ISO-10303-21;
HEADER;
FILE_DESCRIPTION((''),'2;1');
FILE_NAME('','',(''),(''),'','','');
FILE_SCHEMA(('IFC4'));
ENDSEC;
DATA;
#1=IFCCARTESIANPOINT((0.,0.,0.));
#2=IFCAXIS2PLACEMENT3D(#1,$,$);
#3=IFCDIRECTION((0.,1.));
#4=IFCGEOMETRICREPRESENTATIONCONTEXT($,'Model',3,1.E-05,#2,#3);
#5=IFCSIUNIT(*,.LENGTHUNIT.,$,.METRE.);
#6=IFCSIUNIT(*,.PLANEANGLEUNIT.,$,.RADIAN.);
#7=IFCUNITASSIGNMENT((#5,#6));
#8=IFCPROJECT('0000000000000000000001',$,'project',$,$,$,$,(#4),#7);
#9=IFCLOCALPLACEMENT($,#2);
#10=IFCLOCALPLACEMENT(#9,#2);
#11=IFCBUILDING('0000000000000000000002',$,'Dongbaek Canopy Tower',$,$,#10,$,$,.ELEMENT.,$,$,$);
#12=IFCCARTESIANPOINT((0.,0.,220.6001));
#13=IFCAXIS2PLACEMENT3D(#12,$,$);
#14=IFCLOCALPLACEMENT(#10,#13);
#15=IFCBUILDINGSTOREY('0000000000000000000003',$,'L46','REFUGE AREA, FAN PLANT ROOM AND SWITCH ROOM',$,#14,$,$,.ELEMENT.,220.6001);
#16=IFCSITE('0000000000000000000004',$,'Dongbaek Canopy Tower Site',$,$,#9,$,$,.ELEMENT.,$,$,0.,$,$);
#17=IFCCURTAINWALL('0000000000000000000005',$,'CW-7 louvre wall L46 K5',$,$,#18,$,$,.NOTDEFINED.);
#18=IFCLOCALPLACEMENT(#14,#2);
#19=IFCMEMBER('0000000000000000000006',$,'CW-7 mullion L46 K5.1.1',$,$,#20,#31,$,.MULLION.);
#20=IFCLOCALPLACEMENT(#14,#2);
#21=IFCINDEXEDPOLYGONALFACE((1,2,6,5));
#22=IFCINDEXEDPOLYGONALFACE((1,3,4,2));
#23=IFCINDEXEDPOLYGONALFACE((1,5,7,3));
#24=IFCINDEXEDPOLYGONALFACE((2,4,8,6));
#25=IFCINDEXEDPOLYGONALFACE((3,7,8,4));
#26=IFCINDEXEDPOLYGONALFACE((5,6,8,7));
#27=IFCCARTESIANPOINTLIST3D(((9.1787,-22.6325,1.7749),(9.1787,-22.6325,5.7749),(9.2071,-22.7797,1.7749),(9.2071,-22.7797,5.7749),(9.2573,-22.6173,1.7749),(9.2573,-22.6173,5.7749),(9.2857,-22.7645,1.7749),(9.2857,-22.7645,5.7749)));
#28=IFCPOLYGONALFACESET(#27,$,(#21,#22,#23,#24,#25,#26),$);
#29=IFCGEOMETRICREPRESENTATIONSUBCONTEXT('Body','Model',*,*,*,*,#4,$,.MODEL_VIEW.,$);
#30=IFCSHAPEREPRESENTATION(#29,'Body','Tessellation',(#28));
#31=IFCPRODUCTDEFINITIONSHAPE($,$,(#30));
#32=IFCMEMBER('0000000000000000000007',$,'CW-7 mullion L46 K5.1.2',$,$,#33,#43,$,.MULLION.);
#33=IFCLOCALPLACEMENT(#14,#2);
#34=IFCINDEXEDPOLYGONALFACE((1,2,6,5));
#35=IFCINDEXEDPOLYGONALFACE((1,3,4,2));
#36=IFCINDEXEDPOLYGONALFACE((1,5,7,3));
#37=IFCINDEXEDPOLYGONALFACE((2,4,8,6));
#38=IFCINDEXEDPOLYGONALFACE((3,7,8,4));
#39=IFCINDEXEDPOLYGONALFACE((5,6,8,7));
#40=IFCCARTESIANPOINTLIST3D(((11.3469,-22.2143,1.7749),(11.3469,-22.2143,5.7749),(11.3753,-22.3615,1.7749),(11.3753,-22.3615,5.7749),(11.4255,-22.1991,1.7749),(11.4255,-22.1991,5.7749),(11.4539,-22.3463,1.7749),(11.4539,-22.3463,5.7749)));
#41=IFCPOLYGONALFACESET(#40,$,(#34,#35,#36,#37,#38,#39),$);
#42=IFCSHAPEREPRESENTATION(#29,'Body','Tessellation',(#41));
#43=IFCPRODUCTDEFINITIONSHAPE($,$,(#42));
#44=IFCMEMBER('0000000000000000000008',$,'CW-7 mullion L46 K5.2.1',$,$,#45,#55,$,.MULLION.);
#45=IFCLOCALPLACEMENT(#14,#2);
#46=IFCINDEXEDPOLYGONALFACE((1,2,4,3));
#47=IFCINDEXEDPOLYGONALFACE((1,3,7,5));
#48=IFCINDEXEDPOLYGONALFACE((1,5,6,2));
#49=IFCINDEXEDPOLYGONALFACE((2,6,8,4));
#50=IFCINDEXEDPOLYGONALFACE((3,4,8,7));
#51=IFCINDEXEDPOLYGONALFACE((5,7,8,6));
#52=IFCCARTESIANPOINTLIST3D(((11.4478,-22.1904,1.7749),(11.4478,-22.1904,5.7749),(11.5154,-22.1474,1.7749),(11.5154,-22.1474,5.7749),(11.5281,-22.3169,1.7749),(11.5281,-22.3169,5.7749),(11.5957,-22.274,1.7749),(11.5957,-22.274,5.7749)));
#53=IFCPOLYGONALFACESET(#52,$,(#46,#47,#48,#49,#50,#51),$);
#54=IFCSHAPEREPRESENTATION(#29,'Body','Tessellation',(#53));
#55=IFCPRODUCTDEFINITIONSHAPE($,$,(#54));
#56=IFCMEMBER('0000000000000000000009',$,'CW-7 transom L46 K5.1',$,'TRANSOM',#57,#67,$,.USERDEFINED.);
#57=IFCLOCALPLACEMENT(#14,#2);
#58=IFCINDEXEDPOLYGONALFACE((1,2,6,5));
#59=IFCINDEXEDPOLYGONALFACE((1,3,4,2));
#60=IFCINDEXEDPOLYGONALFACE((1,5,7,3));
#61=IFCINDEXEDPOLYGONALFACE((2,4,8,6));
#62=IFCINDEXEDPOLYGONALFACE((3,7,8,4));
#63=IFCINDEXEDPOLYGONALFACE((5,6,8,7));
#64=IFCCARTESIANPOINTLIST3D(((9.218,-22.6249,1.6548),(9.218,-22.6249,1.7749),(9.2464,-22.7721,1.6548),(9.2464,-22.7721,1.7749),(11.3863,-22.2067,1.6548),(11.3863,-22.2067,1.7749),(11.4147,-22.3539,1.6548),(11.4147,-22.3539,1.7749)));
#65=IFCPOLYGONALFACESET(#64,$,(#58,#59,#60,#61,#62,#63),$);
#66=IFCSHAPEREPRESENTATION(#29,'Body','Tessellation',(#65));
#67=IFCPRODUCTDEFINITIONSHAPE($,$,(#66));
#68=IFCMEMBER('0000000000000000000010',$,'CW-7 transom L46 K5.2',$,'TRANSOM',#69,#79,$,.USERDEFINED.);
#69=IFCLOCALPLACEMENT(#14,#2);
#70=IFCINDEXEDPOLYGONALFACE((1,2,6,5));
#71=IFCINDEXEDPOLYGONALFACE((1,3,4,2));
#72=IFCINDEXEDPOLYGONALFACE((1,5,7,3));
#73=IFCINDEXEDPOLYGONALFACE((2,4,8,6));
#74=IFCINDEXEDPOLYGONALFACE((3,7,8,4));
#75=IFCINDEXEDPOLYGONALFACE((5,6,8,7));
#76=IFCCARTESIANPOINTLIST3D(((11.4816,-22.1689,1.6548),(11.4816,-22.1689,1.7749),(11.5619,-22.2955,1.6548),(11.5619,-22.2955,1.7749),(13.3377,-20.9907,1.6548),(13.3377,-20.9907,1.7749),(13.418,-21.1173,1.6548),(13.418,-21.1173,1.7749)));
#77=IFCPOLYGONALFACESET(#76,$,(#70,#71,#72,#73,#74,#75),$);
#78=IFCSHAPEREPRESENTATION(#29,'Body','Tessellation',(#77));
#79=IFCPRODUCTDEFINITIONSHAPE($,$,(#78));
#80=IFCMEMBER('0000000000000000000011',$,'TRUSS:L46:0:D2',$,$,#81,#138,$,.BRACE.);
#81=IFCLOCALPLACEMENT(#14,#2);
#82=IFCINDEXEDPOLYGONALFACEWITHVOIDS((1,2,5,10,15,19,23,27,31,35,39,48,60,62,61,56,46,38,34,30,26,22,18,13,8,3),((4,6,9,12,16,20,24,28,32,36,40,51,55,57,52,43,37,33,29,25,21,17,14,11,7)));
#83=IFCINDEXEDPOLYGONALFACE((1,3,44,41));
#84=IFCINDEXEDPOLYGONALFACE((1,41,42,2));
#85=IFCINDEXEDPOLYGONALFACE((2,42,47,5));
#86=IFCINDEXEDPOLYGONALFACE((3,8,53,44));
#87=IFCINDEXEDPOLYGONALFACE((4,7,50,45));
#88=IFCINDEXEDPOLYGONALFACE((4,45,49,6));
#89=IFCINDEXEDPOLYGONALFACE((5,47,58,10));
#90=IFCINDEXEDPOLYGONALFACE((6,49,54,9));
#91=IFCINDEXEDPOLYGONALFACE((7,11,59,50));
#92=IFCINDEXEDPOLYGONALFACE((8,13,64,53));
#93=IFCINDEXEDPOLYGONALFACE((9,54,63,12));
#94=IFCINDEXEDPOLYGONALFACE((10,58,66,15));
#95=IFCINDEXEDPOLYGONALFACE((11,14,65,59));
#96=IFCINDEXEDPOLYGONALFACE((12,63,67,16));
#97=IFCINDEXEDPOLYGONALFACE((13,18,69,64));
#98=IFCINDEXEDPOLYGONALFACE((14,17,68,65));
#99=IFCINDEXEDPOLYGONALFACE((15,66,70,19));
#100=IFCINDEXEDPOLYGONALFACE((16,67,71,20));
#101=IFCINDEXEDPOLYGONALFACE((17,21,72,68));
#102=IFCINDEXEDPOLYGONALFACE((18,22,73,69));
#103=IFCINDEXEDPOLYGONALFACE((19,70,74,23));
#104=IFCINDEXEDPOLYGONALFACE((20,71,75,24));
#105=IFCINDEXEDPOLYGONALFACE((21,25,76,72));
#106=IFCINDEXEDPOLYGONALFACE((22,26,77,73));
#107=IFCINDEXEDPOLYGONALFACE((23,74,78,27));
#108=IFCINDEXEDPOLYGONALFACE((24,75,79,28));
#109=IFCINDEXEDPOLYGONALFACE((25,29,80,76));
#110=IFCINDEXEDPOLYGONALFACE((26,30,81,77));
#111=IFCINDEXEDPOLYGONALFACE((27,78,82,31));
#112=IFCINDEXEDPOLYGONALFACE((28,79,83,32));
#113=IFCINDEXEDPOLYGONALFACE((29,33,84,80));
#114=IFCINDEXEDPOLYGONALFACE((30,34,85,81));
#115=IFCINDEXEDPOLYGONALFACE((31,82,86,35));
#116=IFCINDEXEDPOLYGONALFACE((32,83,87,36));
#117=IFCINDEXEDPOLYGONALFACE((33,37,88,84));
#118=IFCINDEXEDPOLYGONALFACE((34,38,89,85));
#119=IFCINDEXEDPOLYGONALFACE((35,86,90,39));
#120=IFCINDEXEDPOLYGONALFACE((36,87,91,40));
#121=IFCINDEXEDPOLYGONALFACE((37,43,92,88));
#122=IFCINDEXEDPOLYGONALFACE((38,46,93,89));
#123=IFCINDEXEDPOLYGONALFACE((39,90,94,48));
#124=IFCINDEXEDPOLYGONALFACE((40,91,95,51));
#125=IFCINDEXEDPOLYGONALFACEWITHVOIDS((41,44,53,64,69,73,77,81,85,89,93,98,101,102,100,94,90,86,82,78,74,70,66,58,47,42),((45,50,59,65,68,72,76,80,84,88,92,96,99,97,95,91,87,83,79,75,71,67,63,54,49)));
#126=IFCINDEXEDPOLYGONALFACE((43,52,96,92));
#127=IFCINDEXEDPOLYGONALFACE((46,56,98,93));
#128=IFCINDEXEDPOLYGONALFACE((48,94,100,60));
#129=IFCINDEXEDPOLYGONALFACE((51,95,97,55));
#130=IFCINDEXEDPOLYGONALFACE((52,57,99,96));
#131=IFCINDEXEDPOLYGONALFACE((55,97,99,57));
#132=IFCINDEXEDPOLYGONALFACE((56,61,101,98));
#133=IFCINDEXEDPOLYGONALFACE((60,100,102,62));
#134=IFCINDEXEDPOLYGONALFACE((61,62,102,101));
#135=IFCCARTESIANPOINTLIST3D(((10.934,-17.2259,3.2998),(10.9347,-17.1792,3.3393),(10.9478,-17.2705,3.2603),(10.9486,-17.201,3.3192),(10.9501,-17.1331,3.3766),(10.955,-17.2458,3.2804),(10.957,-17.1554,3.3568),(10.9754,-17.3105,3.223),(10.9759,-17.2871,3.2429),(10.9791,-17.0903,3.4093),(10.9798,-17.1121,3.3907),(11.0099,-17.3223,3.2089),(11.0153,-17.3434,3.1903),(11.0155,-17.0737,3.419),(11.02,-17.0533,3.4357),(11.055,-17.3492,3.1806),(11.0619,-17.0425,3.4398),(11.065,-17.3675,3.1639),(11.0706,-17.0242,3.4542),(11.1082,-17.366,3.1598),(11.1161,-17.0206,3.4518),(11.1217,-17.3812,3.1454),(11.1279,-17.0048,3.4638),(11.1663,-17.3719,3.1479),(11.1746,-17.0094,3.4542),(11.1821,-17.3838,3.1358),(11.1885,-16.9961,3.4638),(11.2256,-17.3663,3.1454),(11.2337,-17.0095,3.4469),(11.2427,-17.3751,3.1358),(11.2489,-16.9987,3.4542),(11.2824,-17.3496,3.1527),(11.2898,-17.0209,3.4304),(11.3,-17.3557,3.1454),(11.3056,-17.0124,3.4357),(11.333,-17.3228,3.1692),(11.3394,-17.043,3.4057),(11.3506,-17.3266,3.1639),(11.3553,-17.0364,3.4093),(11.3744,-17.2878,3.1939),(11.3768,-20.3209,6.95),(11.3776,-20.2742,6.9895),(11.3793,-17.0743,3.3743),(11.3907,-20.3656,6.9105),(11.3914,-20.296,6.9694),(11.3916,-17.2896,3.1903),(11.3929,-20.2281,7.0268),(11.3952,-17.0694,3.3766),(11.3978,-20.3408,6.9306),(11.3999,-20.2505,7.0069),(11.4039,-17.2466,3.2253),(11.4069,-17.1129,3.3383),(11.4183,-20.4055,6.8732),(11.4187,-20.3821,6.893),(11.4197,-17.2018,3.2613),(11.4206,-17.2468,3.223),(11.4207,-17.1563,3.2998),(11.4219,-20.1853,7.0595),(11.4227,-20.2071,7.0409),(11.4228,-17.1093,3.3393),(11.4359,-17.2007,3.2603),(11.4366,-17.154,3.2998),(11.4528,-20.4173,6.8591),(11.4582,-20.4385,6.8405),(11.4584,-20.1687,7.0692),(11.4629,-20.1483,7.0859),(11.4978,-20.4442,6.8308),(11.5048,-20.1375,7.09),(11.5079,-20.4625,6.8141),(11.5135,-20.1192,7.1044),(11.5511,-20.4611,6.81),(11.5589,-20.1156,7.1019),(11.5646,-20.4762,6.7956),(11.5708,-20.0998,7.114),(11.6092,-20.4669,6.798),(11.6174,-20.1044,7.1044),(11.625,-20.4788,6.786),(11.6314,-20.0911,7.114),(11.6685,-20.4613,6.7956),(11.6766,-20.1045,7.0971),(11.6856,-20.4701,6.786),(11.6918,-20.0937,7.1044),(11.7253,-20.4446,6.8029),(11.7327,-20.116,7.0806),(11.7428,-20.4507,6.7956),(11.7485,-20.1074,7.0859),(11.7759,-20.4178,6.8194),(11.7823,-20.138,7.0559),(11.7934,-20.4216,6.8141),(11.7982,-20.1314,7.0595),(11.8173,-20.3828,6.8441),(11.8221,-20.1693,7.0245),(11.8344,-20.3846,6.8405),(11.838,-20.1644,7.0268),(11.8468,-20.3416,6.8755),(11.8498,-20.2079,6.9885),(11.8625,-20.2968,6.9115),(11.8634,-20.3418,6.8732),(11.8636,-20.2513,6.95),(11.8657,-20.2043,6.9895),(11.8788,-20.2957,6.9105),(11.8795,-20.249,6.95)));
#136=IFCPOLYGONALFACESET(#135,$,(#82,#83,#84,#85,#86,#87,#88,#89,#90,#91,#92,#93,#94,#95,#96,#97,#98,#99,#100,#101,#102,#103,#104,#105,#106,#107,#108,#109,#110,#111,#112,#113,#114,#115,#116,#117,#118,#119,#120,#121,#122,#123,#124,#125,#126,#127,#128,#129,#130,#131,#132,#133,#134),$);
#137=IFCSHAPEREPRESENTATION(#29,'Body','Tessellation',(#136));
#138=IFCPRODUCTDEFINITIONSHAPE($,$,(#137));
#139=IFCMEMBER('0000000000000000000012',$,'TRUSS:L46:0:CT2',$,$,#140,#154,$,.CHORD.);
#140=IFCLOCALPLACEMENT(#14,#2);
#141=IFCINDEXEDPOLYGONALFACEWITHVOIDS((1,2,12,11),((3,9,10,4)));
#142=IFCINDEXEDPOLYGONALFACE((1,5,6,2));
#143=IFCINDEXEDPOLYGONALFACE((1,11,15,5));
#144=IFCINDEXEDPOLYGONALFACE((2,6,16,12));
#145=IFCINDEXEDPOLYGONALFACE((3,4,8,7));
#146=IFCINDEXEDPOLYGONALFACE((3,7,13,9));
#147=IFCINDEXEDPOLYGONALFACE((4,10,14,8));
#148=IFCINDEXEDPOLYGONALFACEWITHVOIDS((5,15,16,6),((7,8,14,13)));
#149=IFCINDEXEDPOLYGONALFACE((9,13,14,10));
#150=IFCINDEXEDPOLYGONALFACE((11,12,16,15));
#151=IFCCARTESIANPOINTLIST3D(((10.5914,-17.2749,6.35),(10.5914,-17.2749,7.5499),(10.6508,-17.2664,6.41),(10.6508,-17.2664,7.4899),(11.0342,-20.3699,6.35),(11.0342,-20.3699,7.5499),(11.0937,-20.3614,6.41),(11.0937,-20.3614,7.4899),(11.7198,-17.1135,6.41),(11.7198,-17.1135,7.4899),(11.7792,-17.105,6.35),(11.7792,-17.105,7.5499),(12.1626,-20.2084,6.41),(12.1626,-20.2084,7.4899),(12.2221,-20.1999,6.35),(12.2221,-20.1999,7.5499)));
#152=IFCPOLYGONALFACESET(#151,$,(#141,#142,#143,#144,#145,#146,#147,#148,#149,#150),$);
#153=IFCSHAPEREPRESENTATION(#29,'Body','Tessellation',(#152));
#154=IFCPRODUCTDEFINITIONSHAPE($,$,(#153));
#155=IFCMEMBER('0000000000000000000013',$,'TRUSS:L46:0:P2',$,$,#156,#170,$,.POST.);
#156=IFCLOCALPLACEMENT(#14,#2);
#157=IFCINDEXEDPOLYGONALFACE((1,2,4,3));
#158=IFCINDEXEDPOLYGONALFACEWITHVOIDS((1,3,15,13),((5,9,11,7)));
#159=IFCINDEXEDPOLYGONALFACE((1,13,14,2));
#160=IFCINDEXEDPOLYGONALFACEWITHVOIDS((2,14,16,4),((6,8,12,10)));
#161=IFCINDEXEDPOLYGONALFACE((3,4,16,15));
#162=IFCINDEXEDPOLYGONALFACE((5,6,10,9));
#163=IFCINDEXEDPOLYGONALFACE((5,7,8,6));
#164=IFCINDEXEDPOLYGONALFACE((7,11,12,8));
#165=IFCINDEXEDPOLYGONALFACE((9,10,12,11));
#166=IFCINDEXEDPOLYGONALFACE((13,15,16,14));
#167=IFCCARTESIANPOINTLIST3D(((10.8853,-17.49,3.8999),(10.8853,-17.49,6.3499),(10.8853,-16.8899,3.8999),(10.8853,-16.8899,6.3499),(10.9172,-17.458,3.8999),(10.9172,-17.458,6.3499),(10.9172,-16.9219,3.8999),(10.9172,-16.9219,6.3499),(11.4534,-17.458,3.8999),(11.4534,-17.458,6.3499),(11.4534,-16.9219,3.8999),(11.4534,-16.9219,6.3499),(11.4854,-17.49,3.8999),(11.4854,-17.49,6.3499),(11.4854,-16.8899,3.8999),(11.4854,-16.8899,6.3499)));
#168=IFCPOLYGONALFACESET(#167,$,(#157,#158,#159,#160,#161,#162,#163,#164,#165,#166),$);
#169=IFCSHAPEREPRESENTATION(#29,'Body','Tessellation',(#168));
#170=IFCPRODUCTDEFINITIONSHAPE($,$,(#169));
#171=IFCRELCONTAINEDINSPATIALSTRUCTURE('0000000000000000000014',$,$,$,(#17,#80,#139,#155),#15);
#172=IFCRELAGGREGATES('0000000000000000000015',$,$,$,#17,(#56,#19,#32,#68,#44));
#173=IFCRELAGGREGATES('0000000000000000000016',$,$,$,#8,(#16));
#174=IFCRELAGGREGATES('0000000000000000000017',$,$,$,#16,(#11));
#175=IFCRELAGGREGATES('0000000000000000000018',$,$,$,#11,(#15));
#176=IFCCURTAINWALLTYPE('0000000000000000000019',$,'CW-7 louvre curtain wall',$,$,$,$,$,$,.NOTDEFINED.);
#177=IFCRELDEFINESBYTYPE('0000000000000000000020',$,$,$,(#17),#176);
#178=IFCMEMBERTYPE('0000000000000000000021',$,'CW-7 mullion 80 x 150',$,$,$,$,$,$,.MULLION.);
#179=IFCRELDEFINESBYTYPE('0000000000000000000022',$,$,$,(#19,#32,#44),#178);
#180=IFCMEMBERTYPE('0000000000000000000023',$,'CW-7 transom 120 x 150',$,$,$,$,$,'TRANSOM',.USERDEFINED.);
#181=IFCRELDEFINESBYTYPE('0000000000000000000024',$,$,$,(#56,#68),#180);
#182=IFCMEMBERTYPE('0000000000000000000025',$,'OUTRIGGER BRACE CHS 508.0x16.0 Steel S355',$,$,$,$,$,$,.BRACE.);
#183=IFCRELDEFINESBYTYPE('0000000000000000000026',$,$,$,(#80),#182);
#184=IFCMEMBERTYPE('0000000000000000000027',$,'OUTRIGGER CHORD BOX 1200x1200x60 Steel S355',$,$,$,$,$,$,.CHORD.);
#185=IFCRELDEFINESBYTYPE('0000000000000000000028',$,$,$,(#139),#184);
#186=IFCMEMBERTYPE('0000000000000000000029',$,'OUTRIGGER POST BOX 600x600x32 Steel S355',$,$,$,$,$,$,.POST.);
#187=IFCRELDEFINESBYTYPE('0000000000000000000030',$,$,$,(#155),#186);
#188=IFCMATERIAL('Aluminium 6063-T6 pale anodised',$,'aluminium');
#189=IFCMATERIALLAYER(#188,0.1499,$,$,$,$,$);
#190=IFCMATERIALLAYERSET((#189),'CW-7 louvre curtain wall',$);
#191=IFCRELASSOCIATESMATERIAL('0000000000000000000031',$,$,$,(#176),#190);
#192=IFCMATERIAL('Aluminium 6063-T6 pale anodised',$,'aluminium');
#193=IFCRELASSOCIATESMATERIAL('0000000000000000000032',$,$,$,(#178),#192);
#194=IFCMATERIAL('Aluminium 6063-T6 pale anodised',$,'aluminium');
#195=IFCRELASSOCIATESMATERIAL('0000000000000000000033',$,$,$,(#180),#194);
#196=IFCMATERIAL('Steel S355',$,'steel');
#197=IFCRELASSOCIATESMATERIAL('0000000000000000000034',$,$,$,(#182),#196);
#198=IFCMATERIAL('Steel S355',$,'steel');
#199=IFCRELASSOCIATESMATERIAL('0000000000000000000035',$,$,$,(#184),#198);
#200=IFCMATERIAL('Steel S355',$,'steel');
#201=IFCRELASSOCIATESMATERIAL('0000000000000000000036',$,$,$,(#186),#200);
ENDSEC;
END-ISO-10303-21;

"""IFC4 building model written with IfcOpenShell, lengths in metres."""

from ifc_helpers import new_model, si_unit, direction, frame, origin, origin_2d, place, context, subcontext, project, spatial, rectangle, hollow_rectangle, hollow_circle, extrude, material, layer, layer_set, material_profile, profile_set, type_object, element, aggregate, save


model = new_model("IFC4")

# Units and contexts
model_context = context("Model", 3, precision=1e-05, world=origin(), true_north=direction((0.0, 1.0)))
body_context = subcontext(model_context, "Body", "Model", "MODEL_VIEW")
ifc_project = project(units=[si_unit("LENGTHUNIT", "METRE"), si_unit("PLANEANGLEUNIT", "RADIAN")], contexts=[model_context])

# Site, building, storey
site_placement = place(None, origin())
site = spatial("IfcSite", under=ifc_project, at=site_placement, Name="Dongbaek Canopy Tower Site", CompositionType="ELEMENT", RefElevation=0.0)
building_placement = place(site_placement, origin())
building = spatial("IfcBuilding", under=site, at=building_placement, Name="Dongbaek Canopy Tower", CompositionType="ELEMENT")
storey_placement = place(building_placement, frame((0.0, 0.0, 220.6001)))
storey = spatial("IfcBuildingStorey", under=building, at=storey_placement, Name="L46", Description="REFUGE AREA, FAN PLANT ROOM AND SWITCH ROOM", CompositionType="ELEMENT", Elevation=220.6001)

# Shared definitions
ifc_material_1 = material(Name="Aluminium 6063-T6 pale anodised", Category="aluminium")
ifc_layer_1 = layer(ifc_material_1, 0.1499)
ifc_layer_set_1 = layer_set([ifc_layer_1], Name="CW-7 louvre curtain wall")
curtain_wall_type = type_object("IfcCurtainWallType", Name="CW-7 louvre curtain wall", PredefinedType="NOTDEFINED", material=ifc_layer_set_1)
ifc_material_2 = material(Name="Aluminium 6063-T6 pale anodised", Category="aluminium")
ifc_material_profile_1 = material_profile(ifc_material_2, rectangle(XDim=0.1499, YDim=0.0801, at=origin_2d()), Name="CW-7 mullion 80 x 150")
ifc_profile_set_1 = profile_set([ifc_material_profile_1], Name="Aluminium 6063-T6 pale anodised")
member_type_1 = type_object("IfcMemberType", Name="CW-7 mullion 80 x 150", PredefinedType="MULLION", material=ifc_profile_set_1)

# Curtain wall, members
curtain_wall_1_placement = place(storey_placement, origin())
curtain_wall_1 = element("IfcCurtainWall", 1, at=curtain_wall_1_placement, inside=storey, type_object=curtain_wall_type, Name="CW-7 louvre wall L46 K5", PredefinedType="NOTDEFINED")
member_1_placement = place(storey_placement, frame((9.2322, -22.6985, 1.7749), z_axis=(0.0, 0.0, 1.0), x_axis=(0.189422, -0.981896, 0.0)))
member_1 = element("IfcMember", 2, at=member_1_placement, type_object=member_type_1, Name="CW-7 mullion L46 K5.1.1", PredefinedType="MULLION", context=body_context, shape_type="SweptSolid", body=[
    extrude(rectangle(XDim=0.1499, YDim=0.0801, at=origin_2d()), origin(), (0.0, 0.0, 1.0), 4.0),
])
member_2_placement = place(storey_placement, frame((11.4004, -22.2803, 1.7749), z_axis=(0.0, 0.0, 1.0), x_axis=(0.189422, -0.981896, 0.0)))
member_2 = element("IfcMember", 3, at=member_2_placement, type_object=member_type_1, Name="CW-7 mullion L46 K5.1.2", PredefinedType="MULLION", context=body_context, shape_type="SweptSolid", body=[
    extrude(rectangle(XDim=0.1499, YDim=0.0801, at=origin_2d()), origin(), (0.0, 0.0, 1.0), 4.0),
])
member_3_placement = place(storey_placement, frame((11.5217, -22.2322, 1.7749), z_axis=(0.0, 0.0, 1.0), x_axis=(0.535846, -0.844315, 0.0)))
member_3 = element("IfcMember", 4, at=member_3_placement, type_object=member_type_1, Name="CW-7 mullion L46 K5.2.1", PredefinedType="MULLION", context=body_context, shape_type="SweptSolid", body=[
    extrude(rectangle(XDim=0.1499, YDim=0.0801, at=origin_2d()), origin(), (0.0, 0.0, 1.0), 4.0),
])
ifc_material_3 = material(Name="Aluminium 6063-T6 pale anodised", Category="aluminium")
ifc_material_profile_2 = material_profile(ifc_material_3, rectangle(XDim=0.1499, YDim=0.1201, at=origin_2d()), Name="CW-7 transom 120 x 150")
ifc_profile_set_2 = profile_set([ifc_material_profile_2], Name="Aluminium 6063-T6 pale anodised")
member_type_2 = type_object("IfcMemberType", Name="CW-7 transom 120 x 150", ElementType="TRANSOM", PredefinedType="USERDEFINED", material=ifc_profile_set_2)
member_4_placement = place(storey_placement, frame((9.2322, -22.6985, 1.7148), z_axis=(0.981901, 0.189393, 0.0), x_axis=(-0.189393, 0.981901, 0.0)))
member_4 = element("IfcMember", 5, at=member_4_placement, type_object=member_type_2, Name="CW-7 transom L46 K5.1", ObjectType="TRANSOM", PredefinedType="USERDEFINED", context=body_context, shape_type="SweptSolid", body=[
    extrude(rectangle(XDim=0.1499, YDim=0.1201, at=origin_2d()), origin(), (0.0, 0.0, 1.0), 2.2083),
])
member_5_placement = place(storey_placement, frame((11.5217, -22.2322, 1.7148), z_axis=(0.844278, 0.535905, 0.0), x_axis=(-0.535905, 0.844278, 0.0)))
member_5 = element("IfcMember", 6, at=member_5_placement, type_object=member_type_2, Name="CW-7 transom L46 K5.2", ObjectType="TRANSOM", PredefinedType="USERDEFINED", context=body_context, shape_type="SweptSolid", body=[
    extrude(rectangle(XDim=0.1499, YDim=0.1201, at=origin_2d()), origin(), (0.0, 0.0, 1.0), 2.1985),
])

# Members
ifc_material_4 = material(Name="Steel S355", Category="steel")
ifc_material_profile_3 = material_profile(ifc_material_4, hollow_circle(Radius=0.2539, WallThickness=0.0161, at=origin_2d()), Name="OUTRIGGER BRACE CHS 508.0x16.0 Steel S355")
ifc_profile_set_3 = profile_set([ifc_material_profile_3], Name="Steel S355")
member_type_3 = type_object("IfcMemberType", Name="OUTRIGGER BRACE CHS 508.0x16.0 Steel S355", PredefinedType="BRACE", material=ifc_profile_set_3)
member_6_placement = place(storey_placement, frame((11.1853, -17.1899, 3.2998), z_axis=(0.092148, -0.643968, 0.759483), x_axis=(0.989917, 0.141651, 0.0)))
element("IfcMember", 7, at=member_6_placement, inside=storey, type_object=member_type_3, Name="TRUSS:L46:0:D2", PredefinedType="BRACE", context=body_context, shape_type="SweptSolid", body=[
    extrude(hollow_circle(Radius=0.2539, WallThickness=0.0161, at=origin_2d()), origin(), (0.0, 0.0, 1.0), 4.8062),
])
ifc_material_5 = material(Name="Steel S355", Category="steel")
ifc_material_profile_4 = material_profile(ifc_material_5, hollow_rectangle(XDim=1.2, YDim=1.2, WallThickness=0.0601, at=origin_2d()), Name="OUTRIGGER CHORD BOX 1200x1200x60 Steel S355")
ifc_profile_set_4 = profile_set([ifc_material_profile_4], Name="Steel S355")
member_type_4 = type_object("IfcMemberType", Name="OUTRIGGER CHORD BOX 1200x1200x60 Steel S355", PredefinedType="CHORD", material=ifc_profile_set_4)
member_7_placement = place(storey_placement, frame((11.1853, -17.1899, 6.95), z_axis=(0.141651, -0.989917, 0.0), x_axis=(0.989917, 0.141651, 0.0)))
element("IfcMember", 8, at=member_7_placement, inside=storey, type_object=member_type_4, Name="TRUSS:L46:0:CT2", PredefinedType="CHORD", context=body_context, shape_type="SweptSolid", body=[
    extrude(hollow_rectangle(XDim=1.2, YDim=1.2, WallThickness=0.0601, at=origin_2d()), origin(), (0.0, 0.0, 1.0), 3.1265),
])
ifc_material_6 = material(Name="Steel S355", Category="steel")
ifc_material_profile_5 = material_profile(ifc_material_6, hollow_rectangle(XDim=0.6001, YDim=0.6001, WallThickness=0.032, at=origin_2d()), Name="OUTRIGGER POST BOX 600x600x32 Steel S355")
ifc_profile_set_5 = profile_set([ifc_material_profile_5], Name="Steel S355")
member_type_5 = type_object("IfcMemberType", Name="OUTRIGGER POST BOX 600x600x32 Steel S355", PredefinedType="POST", material=ifc_profile_set_5)
member_8_placement = place(storey_placement, frame((11.1853, -17.1899, 3.8999), z_axis=(0.0, 0.0, 1.0), x_axis=(1.0, 0.0, 0.0)))
element("IfcMember", 9, at=member_8_placement, inside=storey, type_object=member_type_5, Name="TRUSS:L46:0:P2", PredefinedType="POST", context=body_context, shape_type="SweptSolid", body=[
    extrude(hollow_rectangle(XDim=0.6001, YDim=0.6001, WallThickness=0.032, at=origin_2d()), origin(), (0.0, 0.0, 1.0), 2.45),
])

aggregate(curtain_wall_1, [member_4, member_1, member_2, member_5, member_3])

save(model, "model.ifc")
